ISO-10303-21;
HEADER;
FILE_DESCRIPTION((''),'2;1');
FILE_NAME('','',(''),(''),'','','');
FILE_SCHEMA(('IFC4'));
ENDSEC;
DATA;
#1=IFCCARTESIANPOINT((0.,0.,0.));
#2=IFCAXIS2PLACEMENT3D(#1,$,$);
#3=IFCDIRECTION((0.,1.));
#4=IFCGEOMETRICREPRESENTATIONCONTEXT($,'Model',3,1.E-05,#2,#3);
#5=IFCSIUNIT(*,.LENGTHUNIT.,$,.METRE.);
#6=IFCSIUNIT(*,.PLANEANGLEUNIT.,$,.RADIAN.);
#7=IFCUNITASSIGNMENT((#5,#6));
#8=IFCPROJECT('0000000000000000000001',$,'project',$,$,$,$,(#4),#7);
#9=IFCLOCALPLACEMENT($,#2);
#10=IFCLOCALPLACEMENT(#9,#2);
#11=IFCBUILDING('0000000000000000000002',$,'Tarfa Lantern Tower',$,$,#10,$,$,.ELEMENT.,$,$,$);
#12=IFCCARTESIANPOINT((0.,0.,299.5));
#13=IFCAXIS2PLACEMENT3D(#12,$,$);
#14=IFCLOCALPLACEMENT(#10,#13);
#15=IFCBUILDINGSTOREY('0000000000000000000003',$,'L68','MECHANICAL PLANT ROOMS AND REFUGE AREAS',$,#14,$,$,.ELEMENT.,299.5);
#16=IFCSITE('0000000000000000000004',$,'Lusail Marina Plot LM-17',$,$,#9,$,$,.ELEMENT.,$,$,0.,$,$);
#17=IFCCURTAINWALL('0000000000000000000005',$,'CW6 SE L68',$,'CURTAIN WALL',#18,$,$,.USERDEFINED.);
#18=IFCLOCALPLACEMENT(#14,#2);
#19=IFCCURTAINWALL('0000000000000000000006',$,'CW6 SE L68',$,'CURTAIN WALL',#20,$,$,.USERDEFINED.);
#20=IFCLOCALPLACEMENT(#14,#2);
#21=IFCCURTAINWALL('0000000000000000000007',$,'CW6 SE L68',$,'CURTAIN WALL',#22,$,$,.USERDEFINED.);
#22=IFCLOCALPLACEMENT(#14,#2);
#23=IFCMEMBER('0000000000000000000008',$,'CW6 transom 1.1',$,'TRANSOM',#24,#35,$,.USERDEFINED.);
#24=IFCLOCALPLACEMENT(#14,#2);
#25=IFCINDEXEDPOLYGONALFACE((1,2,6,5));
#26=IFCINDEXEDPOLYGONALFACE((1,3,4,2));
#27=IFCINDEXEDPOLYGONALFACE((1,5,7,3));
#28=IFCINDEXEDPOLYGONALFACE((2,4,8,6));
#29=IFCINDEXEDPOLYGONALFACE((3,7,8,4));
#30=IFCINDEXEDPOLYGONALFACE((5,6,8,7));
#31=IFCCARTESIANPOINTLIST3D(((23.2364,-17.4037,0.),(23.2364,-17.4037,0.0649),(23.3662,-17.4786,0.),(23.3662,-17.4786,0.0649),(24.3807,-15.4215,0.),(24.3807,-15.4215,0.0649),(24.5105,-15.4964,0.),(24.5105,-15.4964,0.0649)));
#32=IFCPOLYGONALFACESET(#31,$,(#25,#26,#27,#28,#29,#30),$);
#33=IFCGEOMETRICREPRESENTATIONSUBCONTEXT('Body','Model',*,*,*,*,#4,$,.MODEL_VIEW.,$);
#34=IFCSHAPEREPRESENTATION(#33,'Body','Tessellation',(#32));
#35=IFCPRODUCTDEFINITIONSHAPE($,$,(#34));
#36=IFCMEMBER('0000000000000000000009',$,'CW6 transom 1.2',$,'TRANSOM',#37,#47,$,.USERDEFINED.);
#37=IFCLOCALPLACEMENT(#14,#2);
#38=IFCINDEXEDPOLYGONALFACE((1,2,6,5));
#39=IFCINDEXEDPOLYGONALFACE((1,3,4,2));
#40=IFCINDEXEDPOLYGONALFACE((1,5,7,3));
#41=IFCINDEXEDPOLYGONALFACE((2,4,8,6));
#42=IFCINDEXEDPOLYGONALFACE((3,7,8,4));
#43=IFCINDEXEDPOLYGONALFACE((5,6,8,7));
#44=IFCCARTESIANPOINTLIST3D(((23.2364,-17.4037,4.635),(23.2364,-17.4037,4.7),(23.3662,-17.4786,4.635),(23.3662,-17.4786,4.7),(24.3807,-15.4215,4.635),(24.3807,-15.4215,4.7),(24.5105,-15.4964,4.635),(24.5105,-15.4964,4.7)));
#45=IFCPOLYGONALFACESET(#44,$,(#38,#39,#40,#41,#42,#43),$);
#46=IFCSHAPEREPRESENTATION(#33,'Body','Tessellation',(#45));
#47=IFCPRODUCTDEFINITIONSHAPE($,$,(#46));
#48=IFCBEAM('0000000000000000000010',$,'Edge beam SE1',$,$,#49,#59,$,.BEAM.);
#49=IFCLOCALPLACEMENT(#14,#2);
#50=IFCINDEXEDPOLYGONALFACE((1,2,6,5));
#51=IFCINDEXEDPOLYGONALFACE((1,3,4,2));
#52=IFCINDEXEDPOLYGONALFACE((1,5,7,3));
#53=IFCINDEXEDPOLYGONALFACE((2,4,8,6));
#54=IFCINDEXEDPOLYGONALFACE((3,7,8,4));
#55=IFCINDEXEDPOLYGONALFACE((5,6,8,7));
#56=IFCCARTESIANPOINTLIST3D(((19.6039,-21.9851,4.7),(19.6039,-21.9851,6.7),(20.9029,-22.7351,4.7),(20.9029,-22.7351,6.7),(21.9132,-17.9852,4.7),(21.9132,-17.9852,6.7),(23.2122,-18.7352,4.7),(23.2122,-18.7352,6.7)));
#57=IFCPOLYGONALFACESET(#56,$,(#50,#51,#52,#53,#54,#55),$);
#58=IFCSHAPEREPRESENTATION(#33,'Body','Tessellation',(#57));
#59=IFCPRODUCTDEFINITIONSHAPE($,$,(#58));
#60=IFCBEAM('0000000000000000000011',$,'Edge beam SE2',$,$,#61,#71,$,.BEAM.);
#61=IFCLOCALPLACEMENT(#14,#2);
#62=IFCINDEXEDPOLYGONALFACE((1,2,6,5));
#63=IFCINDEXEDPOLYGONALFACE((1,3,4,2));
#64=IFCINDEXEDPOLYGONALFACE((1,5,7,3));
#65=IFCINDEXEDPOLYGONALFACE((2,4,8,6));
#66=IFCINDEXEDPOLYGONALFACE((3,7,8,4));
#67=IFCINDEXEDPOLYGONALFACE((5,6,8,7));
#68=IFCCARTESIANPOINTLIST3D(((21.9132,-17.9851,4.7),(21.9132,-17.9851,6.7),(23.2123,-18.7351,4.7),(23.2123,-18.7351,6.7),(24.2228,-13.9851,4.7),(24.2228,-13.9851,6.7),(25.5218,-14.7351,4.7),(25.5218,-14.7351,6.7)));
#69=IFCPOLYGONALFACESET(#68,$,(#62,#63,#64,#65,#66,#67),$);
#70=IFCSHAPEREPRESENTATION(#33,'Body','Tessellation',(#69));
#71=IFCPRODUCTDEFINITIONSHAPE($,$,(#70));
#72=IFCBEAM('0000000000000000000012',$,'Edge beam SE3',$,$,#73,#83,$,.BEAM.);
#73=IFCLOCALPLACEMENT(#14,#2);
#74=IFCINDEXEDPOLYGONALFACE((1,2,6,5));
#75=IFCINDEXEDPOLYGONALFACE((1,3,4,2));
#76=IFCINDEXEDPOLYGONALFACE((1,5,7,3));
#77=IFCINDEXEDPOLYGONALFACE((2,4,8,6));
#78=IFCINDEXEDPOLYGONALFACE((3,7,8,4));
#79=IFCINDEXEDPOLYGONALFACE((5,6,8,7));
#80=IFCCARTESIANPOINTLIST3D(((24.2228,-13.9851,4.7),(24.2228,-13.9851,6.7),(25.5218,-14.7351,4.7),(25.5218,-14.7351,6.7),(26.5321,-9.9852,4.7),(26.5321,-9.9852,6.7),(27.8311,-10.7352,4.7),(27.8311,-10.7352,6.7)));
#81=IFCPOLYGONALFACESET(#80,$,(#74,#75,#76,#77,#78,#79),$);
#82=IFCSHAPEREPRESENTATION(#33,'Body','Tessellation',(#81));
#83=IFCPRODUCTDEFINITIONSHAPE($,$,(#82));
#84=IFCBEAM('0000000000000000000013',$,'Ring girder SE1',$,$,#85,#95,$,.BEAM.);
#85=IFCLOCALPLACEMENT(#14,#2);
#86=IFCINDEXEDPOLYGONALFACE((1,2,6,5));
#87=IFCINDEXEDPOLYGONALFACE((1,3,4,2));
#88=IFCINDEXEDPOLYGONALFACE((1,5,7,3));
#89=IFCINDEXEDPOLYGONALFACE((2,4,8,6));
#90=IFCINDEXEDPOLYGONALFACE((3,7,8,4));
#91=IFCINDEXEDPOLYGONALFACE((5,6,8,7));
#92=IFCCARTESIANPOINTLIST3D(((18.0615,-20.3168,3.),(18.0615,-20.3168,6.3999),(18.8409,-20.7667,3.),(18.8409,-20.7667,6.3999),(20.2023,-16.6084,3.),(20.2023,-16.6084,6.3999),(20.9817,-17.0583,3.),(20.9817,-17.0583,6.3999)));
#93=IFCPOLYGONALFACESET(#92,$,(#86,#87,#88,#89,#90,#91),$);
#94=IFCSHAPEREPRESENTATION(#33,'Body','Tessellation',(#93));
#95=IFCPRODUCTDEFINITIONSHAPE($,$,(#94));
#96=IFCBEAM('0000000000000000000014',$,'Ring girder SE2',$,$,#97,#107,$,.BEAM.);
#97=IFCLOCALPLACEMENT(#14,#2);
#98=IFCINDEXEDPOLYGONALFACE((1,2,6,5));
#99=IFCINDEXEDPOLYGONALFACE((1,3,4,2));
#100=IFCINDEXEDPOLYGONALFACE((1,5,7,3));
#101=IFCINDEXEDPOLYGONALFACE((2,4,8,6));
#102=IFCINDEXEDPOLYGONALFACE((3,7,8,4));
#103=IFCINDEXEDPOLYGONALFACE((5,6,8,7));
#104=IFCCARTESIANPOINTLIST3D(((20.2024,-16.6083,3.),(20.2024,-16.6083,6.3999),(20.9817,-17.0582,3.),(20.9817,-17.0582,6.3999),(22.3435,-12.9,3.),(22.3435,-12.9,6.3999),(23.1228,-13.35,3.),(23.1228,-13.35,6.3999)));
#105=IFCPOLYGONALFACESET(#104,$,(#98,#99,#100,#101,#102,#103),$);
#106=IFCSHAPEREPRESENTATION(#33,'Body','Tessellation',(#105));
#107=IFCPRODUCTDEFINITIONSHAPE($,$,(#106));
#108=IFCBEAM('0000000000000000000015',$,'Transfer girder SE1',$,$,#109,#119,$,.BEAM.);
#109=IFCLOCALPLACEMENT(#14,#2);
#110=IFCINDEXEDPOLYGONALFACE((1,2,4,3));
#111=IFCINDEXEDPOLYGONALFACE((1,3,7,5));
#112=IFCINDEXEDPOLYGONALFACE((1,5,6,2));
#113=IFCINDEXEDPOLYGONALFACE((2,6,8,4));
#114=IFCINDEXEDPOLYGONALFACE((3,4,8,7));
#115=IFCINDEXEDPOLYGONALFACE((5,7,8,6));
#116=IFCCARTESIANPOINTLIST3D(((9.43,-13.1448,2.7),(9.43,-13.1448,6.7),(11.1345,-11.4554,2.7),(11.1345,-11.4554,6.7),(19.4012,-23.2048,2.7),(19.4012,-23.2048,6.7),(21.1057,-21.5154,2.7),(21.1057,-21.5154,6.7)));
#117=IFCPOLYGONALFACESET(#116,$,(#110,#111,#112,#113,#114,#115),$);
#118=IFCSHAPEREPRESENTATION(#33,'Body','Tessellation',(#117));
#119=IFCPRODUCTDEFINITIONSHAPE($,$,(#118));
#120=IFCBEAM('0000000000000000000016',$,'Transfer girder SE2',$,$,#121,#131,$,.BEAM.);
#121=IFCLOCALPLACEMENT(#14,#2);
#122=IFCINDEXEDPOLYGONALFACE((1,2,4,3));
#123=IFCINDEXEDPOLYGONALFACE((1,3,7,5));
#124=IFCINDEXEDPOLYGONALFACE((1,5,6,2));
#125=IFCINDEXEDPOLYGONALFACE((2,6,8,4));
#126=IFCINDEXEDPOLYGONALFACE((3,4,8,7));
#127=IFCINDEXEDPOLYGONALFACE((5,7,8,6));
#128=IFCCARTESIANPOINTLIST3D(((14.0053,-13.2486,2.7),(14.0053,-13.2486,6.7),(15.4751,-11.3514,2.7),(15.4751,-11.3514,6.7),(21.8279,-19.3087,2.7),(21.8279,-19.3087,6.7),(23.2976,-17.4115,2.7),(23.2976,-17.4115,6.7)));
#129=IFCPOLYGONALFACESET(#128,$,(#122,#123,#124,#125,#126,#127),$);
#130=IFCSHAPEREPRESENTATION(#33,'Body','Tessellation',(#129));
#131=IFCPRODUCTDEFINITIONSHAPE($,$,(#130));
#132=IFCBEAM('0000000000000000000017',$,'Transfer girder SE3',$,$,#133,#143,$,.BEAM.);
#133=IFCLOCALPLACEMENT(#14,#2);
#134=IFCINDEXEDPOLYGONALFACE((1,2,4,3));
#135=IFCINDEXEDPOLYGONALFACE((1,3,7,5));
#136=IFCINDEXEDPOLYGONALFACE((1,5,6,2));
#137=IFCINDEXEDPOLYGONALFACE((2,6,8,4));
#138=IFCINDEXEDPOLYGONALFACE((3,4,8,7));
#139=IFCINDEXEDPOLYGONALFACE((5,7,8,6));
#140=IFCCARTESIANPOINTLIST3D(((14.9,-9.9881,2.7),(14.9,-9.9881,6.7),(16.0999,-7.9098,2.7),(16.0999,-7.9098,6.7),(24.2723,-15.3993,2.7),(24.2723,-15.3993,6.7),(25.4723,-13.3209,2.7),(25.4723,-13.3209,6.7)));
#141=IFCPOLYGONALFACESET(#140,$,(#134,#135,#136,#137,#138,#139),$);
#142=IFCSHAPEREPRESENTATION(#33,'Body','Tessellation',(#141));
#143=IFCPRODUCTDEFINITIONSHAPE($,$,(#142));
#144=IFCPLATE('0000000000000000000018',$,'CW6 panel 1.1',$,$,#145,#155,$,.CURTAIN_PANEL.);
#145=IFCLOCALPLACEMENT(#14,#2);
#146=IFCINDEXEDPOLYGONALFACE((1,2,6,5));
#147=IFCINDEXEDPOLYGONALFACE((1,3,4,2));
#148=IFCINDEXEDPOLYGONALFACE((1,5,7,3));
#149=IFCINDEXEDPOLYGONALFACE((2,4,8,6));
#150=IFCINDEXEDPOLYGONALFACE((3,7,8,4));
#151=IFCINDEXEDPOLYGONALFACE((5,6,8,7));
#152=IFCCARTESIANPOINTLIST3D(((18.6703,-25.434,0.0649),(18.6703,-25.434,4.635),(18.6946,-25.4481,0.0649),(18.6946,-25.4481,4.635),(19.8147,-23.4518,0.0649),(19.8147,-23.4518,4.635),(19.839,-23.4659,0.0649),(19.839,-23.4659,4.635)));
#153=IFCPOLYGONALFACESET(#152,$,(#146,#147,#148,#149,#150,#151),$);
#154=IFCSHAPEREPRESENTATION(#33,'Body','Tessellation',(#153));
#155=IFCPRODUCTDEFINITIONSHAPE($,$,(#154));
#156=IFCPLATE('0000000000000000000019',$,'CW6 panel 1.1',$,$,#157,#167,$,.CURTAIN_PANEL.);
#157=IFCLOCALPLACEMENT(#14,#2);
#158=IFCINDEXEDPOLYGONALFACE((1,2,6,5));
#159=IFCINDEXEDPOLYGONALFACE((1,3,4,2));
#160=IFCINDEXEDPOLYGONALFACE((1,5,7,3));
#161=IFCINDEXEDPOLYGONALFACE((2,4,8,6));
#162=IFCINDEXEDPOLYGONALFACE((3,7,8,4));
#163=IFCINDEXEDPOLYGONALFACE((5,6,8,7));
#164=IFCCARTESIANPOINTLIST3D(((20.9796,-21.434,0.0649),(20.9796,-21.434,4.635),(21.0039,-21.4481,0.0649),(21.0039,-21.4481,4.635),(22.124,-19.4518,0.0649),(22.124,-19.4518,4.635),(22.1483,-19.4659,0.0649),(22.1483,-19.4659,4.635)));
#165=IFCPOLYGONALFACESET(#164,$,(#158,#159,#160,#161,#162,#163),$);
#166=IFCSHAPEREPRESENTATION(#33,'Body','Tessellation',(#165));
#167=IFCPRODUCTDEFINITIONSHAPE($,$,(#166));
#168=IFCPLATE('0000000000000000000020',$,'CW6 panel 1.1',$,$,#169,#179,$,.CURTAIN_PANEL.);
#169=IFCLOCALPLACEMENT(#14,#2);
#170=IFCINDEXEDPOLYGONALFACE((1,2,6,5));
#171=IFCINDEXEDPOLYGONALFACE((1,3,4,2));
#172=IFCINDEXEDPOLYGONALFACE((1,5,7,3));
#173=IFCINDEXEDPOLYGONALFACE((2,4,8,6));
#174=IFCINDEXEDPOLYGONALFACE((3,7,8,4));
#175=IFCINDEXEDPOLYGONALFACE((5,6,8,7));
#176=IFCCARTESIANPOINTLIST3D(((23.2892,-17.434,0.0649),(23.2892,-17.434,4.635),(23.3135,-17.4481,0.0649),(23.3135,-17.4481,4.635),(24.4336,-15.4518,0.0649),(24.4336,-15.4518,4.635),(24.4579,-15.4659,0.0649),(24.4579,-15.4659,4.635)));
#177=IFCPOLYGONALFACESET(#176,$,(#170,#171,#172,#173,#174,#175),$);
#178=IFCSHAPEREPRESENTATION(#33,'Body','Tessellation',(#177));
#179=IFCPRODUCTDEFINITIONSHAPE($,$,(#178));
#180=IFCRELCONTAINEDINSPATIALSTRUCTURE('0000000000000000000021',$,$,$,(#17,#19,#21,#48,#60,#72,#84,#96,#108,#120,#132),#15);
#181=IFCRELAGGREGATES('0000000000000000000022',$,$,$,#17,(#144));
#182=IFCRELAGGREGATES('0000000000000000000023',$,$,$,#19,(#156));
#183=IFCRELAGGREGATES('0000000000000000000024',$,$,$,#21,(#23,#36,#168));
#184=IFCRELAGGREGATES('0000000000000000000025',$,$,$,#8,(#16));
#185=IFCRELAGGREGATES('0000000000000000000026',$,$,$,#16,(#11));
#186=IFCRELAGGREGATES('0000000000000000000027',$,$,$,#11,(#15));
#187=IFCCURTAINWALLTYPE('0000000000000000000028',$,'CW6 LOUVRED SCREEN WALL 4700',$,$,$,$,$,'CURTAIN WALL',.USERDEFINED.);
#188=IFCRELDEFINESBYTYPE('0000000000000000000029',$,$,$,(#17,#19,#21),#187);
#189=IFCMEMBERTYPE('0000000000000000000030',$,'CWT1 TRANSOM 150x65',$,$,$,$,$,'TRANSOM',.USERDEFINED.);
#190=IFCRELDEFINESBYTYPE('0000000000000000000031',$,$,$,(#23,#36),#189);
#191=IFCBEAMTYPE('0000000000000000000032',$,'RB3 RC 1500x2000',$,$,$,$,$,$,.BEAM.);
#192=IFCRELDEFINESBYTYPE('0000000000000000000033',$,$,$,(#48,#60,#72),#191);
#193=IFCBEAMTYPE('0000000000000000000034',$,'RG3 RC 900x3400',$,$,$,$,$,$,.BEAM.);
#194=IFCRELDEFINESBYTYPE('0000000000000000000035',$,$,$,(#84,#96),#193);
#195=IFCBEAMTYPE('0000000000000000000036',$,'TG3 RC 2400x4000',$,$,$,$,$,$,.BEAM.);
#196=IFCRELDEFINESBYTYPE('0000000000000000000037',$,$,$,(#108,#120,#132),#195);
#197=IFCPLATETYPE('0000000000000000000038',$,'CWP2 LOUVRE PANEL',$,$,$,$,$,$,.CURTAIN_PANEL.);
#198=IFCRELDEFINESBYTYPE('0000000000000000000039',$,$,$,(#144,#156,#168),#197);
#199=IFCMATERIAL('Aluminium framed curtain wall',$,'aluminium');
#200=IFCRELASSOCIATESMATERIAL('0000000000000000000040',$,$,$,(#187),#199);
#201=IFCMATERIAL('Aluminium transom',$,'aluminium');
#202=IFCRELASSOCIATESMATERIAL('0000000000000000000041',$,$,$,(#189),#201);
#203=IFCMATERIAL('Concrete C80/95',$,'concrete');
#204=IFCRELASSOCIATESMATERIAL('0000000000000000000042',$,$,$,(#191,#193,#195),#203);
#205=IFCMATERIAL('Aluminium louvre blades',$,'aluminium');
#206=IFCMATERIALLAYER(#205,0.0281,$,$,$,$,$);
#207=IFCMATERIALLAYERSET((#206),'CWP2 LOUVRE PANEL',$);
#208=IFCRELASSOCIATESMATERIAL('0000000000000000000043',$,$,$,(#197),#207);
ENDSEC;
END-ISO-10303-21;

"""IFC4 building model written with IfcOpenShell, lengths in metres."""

from ifc_helpers import new_model, si_unit, direction, frame, origin, origin_2d, place, context, subcontext, project, spatial, rectangle, extrude, material, layer, layer_set, material_profile, profile_set, type_object, element, aggregate, save


model = new_model("IFC4")

# Units and contexts
model_context = context("Model", 3, precision=1e-05, world=origin(), true_north=direction((0.0, 1.0)))
body_context = subcontext(model_context, "Body", "Model", "MODEL_VIEW")
ifc_project = project(units=[si_unit("LENGTHUNIT", "METRE"), si_unit("PLANEANGLEUNIT", "RADIAN")], contexts=[model_context])

# Site, building, storey
site_placement = place(None, origin())
site = spatial("IfcSite", under=ifc_project, at=site_placement, Name="Lusail Marina Plot LM-17", CompositionType="ELEMENT", RefElevation=0.0)
building_placement = place(site_placement, origin())
building = spatial("IfcBuilding", under=site, at=building_placement, Name="Tarfa Lantern Tower", CompositionType="ELEMENT")
storey_placement = place(building_placement, frame((0.0, 0.0, 299.5)))
storey = spatial("IfcBuildingStorey", under=building, at=storey_placement, Name="L68", Description="MECHANICAL PLANT ROOMS AND REFUGE AREAS", CompositionType="ELEMENT", Elevation=299.5)

# Shared definitions
ifc_material_1 = material(Name="Concrete C80/95", Category="concrete")

# Curtain walls
ifc_material_2 = material(Name="Aluminium framed curtain wall", Category="aluminium")
curtain_wall_type = type_object("IfcCurtainWallType", Name="CW6 LOUVRED SCREEN WALL 4700", ElementType="CURTAIN WALL", PredefinedType="USERDEFINED", material=ifc_material_2)
curtain_wall_1_placement = place(storey_placement, origin())
curtain_wall_1 = element("IfcCurtainWall", 1, at=curtain_wall_1_placement, inside=storey, type_object=curtain_wall_type, Name="CW6 SE L68", ObjectType="CURTAIN WALL", PredefinedType="USERDEFINED")
curtain_wall_2_placement = place(storey_placement, origin())
curtain_wall_2 = element("IfcCurtainWall", 2, at=curtain_wall_2_placement, inside=storey, type_object=curtain_wall_type, Name="CW6 SE L68", ObjectType="CURTAIN WALL", PredefinedType="USERDEFINED")
curtain_wall_3_placement = place(storey_placement, origin())
curtain_wall_3 = element("IfcCurtainWall", 3, at=curtain_wall_3_placement, inside=storey, type_object=curtain_wall_type, Name="CW6 SE L68", ObjectType="CURTAIN WALL", PredefinedType="USERDEFINED")

# Members
ifc_material_3 = material(Name="Aluminium transom", Category="aluminium")
ifc_material_profile_1 = material_profile(ifc_material_3, rectangle(XDim=0.1499, YDim=0.0649, at=origin_2d()), Name="AL TRANSOM 150x65")
ifc_profile_set_1 = profile_set([ifc_material_profile_1], Name="Aluminium transom")
member_type_1 = type_object("IfcMemberType", Name="CWT1 TRANSOM 150x65", ElementType="TRANSOM", PredefinedType="USERDEFINED", material=ifc_profile_set_1)
member_1_placement = place(storey_placement, frame((23.3013, -17.4412, 0.0325), z_axis=(0.499959, 0.866049, 0.0), x_axis=(-0.866049, 0.499959, 0.0)))
member_1 = element("IfcMember", 4, at=member_1_placement, type_object=member_type_1, Name="CW6 transom 1.1", ObjectType="TRANSOM", PredefinedType="USERDEFINED", context=body_context, shape_type="SweptSolid", body=[
    extrude(rectangle(XDim=0.1499, YDim=0.0649, at=origin_2d()), origin(), (0.0, 0.0, 1.0), 2.2888),
])
member_2_placement = place(storey_placement, frame((23.3013, -17.4412, 4.6675), z_axis=(0.499959, 0.866049, 0.0), x_axis=(-0.866049, 0.499959, 0.0)))
member_2 = element("IfcMember", 5, at=member_2_placement, type_object=member_type_1, Name="CW6 transom 1.2", ObjectType="TRANSOM", PredefinedType="USERDEFINED", context=body_context, shape_type="SweptSolid", body=[
    extrude(rectangle(XDim=0.1499, YDim=0.0649, at=origin_2d()), origin(), (0.0, 0.0, 1.0), 2.2888),
])

# Beams
ifc_material_profile_2 = material_profile(ifc_material_1, rectangle(XDim=1.5, YDim=2.0, at=origin_2d()), Name="RC 1500x2000")
ifc_profile_set_2 = profile_set([ifc_material_profile_2], Name="Concrete C80/95")
beam_type_1 = type_object("IfcBeamType", Name="RB3 RC 1500x2000", PredefinedType="BEAM", material=ifc_profile_set_2)
beam_1_placement = place(storey_placement, frame((20.2534, -22.3601, 5.7), z_axis=(0.499988, 0.866032, 0.0), x_axis=(-0.866032, 0.499988, 0.0)))
element("IfcBeam", 6, at=beam_1_placement, inside=storey, type_object=beam_type_1, Name="Edge beam SE1", PredefinedType="BEAM", context=body_context, shape_type="SweptSolid", body=[
    extrude(rectangle(XDim=1.5, YDim=2.0, at=origin_2d()), origin(), (0.0, 0.0, 1.0), 4.6187),
])
beam_2_placement = place(storey_placement, frame((22.5627, -18.3601, 5.7), z_axis=(0.500027, 0.86601, 0.0), x_axis=(-0.86601, 0.500027, 0.0)))
element("IfcBeam", 7, at=beam_2_placement, inside=storey, type_object=beam_type_1, Name="Edge beam SE2", PredefinedType="BEAM", context=body_context, shape_type="SweptSolid", body=[
    extrude(rectangle(XDim=1.5, YDim=2.0, at=origin_2d()), origin(), (0.0, 0.0, 1.0), 4.6189),
])
beam_3_placement = place(storey_placement, frame((24.8723, -14.3601, 5.7), z_axis=(0.499988, 0.866032, 0.0), x_axis=(-0.866032, 0.499988, 0.0)))
element("IfcBeam", 8, at=beam_3_placement, inside=storey, type_object=beam_type_1, Name="Edge beam SE3", PredefinedType="BEAM", context=body_context, shape_type="SweptSolid", body=[
    extrude(rectangle(XDim=1.5, YDim=2.0, at=origin_2d()), origin(), (0.0, 0.0, 1.0), 4.6187),
])
ifc_material_profile_3 = material_profile(ifc_material_1, rectangle(XDim=0.8999, YDim=3.3999, at=origin_2d()), Name="RC 900x3400")
ifc_profile_set_3 = profile_set([ifc_material_profile_3], Name="Concrete C80/95")
beam_type_2 = type_object("IfcBeamType", Name="RG3 RC 900x3400", PredefinedType="BEAM", material=ifc_profile_set_3)
for number, where, z_axis, x_axis, name in (
    (9, (18.4512, -20.5417, 4.7), (0.499959, 0.866049, 0.0), (-0.866049, 0.499959, 0.0), "Ring girder SE1"),
    (10, (20.592, -16.8333, 4.7), (0.500027, 0.86601, 0.0), (-0.86601, 0.500027, 0.0), "Ring girder SE2"),
):
    element("IfcBeam", number, at=place(storey_placement, frame(where, z_axis=z_axis, x_axis=x_axis)), inside=storey, type_object=beam_type_2, Name=name, PredefinedType="BEAM", context=body_context, shape_type="SweptSolid", body=[
        extrude(rectangle(XDim=0.8999, YDim=3.3999, at=origin_2d()), origin(), (0.0, 0.0, 1.0), 4.282),
    ])
ifc_material_profile_4 = material_profile(ifc_material_1, rectangle(XDim=2.3999, YDim=4.0, at=origin_2d()), Name="RC 2400x4000")
ifc_profile_set_4 = profile_set([ifc_material_profile_4], Name="Concrete C80/95")
beam_type_3 = type_object("IfcBeamType", Name="TG3 RC 2400x4000", PredefinedType="BEAM", material=ifc_profile_set_4)
beam_4_placement = place(storey_placement, frame((20.2534, -22.3601, 4.7), z_axis=(-0.703963, 0.710237, 0.0), x_axis=(-0.710237, -0.703963, 0.0)))
element("IfcBeam", 11, at=beam_4_placement, inside=storey, type_object=beam_type_3, Name="Transfer girder SE1", PredefinedType="BEAM", context=body_context, shape_type="SweptSolid", body=[
    extrude(rectangle(XDim=2.3999, YDim=4.0, at=origin_2d()), origin(), (0.0, 0.0, 1.0), 14.1643),
])
beam_5_placement = place(storey_placement, frame((22.5627, -18.3601, 4.7), z_axis=(-0.790532, 0.612421, 0.0), x_axis=(-0.612421, -0.790532, 0.0)))
element("IfcBeam", 12, at=beam_5_placement, inside=storey, type_object=beam_type_3, Name="Transfer girder SE2", PredefinedType="BEAM", context=body_context, shape_type="SweptSolid", body=[
    extrude(rectangle(XDim=2.3999, YDim=4.0, at=origin_2d()), origin(), (0.0, 0.0, 1.0), 9.8953),
])
beam_6_placement = place(storey_placement, frame((24.8723, -14.3601, 4.7), z_axis=(-0.866024, 0.500002, 0.0), x_axis=(-0.500002, -0.866024, 0.0)))
element("IfcBeam", 13, at=beam_6_placement, inside=storey, type_object=beam_type_3, Name="Transfer girder SE3", PredefinedType="BEAM", context=body_context, shape_type="SweptSolid", body=[
    extrude(rectangle(XDim=2.3999, YDim=4.0, at=origin_2d()), origin(), (0.0, 0.0, 1.0), 10.8223),
])

# Plates
ifc_material_4 = material(Name="Aluminium louvre blades", Category="aluminium")
ifc_layer = layer(ifc_material_4, 0.0281)
ifc_layer_set = layer_set([ifc_layer], Name="CWP2 LOUVRE PANEL")
plate_type = type_object("IfcPlateType", Name="CWP2 LOUVRE PANEL", PredefinedType="CURTAIN_PANEL", material=ifc_layer_set)
plate_1_placement = place(storey_placement, frame((19.2546, -24.45, 0.0649), z_axis=(0.0, 0.0, 1.0), x_axis=(0.5, 0.866025, 0.0)))
plate_1 = element("IfcPlate", 14, at=plate_1_placement, type_object=plate_type, Name="CW6 panel 1.1", PredefinedType="CURTAIN_PANEL", context=body_context, shape_type="SweptSolid", body=[
    extrude(rectangle(XDim=2.2888, YDim=0.0281, at=origin_2d()), origin(), (0.0, 0.0, 1.0), 4.5701),
])
aggregate(curtain_wall_1, [plate_1])
plate_2_placement = place(storey_placement, frame((21.564, -20.45, 0.0649), z_axis=(0.0, 0.0, 1.0), x_axis=(0.5, 0.866025, 0.0)))
plate_2 = element("IfcPlate", 15, at=plate_2_placement, type_object=plate_type, Name="CW6 panel 1.1", PredefinedType="CURTAIN_PANEL", context=body_context, shape_type="SweptSolid", body=[
    extrude(rectangle(XDim=2.2888, YDim=0.0281, at=origin_2d()), origin(), (0.0, 0.0, 1.0), 4.5701),
])
aggregate(curtain_wall_2, [plate_2])
plate_3_placement = place(storey_placement, frame((23.8735, -16.45, 0.0649), z_axis=(0.0, 0.0, 1.0), x_axis=(0.5, 0.866025, 0.0)))
plate_3 = element("IfcPlate", 16, at=plate_3_placement, type_object=plate_type, Name="CW6 panel 1.1", PredefinedType="CURTAIN_PANEL", context=body_context, shape_type="SweptSolid", body=[
    extrude(rectangle(XDim=2.2888, YDim=0.0281, at=origin_2d()), origin(), (0.0, 0.0, 1.0), 4.5701),
])
aggregate(curtain_wall_3, [member_1, member_2, plate_3])

save(model, "model.ifc")
